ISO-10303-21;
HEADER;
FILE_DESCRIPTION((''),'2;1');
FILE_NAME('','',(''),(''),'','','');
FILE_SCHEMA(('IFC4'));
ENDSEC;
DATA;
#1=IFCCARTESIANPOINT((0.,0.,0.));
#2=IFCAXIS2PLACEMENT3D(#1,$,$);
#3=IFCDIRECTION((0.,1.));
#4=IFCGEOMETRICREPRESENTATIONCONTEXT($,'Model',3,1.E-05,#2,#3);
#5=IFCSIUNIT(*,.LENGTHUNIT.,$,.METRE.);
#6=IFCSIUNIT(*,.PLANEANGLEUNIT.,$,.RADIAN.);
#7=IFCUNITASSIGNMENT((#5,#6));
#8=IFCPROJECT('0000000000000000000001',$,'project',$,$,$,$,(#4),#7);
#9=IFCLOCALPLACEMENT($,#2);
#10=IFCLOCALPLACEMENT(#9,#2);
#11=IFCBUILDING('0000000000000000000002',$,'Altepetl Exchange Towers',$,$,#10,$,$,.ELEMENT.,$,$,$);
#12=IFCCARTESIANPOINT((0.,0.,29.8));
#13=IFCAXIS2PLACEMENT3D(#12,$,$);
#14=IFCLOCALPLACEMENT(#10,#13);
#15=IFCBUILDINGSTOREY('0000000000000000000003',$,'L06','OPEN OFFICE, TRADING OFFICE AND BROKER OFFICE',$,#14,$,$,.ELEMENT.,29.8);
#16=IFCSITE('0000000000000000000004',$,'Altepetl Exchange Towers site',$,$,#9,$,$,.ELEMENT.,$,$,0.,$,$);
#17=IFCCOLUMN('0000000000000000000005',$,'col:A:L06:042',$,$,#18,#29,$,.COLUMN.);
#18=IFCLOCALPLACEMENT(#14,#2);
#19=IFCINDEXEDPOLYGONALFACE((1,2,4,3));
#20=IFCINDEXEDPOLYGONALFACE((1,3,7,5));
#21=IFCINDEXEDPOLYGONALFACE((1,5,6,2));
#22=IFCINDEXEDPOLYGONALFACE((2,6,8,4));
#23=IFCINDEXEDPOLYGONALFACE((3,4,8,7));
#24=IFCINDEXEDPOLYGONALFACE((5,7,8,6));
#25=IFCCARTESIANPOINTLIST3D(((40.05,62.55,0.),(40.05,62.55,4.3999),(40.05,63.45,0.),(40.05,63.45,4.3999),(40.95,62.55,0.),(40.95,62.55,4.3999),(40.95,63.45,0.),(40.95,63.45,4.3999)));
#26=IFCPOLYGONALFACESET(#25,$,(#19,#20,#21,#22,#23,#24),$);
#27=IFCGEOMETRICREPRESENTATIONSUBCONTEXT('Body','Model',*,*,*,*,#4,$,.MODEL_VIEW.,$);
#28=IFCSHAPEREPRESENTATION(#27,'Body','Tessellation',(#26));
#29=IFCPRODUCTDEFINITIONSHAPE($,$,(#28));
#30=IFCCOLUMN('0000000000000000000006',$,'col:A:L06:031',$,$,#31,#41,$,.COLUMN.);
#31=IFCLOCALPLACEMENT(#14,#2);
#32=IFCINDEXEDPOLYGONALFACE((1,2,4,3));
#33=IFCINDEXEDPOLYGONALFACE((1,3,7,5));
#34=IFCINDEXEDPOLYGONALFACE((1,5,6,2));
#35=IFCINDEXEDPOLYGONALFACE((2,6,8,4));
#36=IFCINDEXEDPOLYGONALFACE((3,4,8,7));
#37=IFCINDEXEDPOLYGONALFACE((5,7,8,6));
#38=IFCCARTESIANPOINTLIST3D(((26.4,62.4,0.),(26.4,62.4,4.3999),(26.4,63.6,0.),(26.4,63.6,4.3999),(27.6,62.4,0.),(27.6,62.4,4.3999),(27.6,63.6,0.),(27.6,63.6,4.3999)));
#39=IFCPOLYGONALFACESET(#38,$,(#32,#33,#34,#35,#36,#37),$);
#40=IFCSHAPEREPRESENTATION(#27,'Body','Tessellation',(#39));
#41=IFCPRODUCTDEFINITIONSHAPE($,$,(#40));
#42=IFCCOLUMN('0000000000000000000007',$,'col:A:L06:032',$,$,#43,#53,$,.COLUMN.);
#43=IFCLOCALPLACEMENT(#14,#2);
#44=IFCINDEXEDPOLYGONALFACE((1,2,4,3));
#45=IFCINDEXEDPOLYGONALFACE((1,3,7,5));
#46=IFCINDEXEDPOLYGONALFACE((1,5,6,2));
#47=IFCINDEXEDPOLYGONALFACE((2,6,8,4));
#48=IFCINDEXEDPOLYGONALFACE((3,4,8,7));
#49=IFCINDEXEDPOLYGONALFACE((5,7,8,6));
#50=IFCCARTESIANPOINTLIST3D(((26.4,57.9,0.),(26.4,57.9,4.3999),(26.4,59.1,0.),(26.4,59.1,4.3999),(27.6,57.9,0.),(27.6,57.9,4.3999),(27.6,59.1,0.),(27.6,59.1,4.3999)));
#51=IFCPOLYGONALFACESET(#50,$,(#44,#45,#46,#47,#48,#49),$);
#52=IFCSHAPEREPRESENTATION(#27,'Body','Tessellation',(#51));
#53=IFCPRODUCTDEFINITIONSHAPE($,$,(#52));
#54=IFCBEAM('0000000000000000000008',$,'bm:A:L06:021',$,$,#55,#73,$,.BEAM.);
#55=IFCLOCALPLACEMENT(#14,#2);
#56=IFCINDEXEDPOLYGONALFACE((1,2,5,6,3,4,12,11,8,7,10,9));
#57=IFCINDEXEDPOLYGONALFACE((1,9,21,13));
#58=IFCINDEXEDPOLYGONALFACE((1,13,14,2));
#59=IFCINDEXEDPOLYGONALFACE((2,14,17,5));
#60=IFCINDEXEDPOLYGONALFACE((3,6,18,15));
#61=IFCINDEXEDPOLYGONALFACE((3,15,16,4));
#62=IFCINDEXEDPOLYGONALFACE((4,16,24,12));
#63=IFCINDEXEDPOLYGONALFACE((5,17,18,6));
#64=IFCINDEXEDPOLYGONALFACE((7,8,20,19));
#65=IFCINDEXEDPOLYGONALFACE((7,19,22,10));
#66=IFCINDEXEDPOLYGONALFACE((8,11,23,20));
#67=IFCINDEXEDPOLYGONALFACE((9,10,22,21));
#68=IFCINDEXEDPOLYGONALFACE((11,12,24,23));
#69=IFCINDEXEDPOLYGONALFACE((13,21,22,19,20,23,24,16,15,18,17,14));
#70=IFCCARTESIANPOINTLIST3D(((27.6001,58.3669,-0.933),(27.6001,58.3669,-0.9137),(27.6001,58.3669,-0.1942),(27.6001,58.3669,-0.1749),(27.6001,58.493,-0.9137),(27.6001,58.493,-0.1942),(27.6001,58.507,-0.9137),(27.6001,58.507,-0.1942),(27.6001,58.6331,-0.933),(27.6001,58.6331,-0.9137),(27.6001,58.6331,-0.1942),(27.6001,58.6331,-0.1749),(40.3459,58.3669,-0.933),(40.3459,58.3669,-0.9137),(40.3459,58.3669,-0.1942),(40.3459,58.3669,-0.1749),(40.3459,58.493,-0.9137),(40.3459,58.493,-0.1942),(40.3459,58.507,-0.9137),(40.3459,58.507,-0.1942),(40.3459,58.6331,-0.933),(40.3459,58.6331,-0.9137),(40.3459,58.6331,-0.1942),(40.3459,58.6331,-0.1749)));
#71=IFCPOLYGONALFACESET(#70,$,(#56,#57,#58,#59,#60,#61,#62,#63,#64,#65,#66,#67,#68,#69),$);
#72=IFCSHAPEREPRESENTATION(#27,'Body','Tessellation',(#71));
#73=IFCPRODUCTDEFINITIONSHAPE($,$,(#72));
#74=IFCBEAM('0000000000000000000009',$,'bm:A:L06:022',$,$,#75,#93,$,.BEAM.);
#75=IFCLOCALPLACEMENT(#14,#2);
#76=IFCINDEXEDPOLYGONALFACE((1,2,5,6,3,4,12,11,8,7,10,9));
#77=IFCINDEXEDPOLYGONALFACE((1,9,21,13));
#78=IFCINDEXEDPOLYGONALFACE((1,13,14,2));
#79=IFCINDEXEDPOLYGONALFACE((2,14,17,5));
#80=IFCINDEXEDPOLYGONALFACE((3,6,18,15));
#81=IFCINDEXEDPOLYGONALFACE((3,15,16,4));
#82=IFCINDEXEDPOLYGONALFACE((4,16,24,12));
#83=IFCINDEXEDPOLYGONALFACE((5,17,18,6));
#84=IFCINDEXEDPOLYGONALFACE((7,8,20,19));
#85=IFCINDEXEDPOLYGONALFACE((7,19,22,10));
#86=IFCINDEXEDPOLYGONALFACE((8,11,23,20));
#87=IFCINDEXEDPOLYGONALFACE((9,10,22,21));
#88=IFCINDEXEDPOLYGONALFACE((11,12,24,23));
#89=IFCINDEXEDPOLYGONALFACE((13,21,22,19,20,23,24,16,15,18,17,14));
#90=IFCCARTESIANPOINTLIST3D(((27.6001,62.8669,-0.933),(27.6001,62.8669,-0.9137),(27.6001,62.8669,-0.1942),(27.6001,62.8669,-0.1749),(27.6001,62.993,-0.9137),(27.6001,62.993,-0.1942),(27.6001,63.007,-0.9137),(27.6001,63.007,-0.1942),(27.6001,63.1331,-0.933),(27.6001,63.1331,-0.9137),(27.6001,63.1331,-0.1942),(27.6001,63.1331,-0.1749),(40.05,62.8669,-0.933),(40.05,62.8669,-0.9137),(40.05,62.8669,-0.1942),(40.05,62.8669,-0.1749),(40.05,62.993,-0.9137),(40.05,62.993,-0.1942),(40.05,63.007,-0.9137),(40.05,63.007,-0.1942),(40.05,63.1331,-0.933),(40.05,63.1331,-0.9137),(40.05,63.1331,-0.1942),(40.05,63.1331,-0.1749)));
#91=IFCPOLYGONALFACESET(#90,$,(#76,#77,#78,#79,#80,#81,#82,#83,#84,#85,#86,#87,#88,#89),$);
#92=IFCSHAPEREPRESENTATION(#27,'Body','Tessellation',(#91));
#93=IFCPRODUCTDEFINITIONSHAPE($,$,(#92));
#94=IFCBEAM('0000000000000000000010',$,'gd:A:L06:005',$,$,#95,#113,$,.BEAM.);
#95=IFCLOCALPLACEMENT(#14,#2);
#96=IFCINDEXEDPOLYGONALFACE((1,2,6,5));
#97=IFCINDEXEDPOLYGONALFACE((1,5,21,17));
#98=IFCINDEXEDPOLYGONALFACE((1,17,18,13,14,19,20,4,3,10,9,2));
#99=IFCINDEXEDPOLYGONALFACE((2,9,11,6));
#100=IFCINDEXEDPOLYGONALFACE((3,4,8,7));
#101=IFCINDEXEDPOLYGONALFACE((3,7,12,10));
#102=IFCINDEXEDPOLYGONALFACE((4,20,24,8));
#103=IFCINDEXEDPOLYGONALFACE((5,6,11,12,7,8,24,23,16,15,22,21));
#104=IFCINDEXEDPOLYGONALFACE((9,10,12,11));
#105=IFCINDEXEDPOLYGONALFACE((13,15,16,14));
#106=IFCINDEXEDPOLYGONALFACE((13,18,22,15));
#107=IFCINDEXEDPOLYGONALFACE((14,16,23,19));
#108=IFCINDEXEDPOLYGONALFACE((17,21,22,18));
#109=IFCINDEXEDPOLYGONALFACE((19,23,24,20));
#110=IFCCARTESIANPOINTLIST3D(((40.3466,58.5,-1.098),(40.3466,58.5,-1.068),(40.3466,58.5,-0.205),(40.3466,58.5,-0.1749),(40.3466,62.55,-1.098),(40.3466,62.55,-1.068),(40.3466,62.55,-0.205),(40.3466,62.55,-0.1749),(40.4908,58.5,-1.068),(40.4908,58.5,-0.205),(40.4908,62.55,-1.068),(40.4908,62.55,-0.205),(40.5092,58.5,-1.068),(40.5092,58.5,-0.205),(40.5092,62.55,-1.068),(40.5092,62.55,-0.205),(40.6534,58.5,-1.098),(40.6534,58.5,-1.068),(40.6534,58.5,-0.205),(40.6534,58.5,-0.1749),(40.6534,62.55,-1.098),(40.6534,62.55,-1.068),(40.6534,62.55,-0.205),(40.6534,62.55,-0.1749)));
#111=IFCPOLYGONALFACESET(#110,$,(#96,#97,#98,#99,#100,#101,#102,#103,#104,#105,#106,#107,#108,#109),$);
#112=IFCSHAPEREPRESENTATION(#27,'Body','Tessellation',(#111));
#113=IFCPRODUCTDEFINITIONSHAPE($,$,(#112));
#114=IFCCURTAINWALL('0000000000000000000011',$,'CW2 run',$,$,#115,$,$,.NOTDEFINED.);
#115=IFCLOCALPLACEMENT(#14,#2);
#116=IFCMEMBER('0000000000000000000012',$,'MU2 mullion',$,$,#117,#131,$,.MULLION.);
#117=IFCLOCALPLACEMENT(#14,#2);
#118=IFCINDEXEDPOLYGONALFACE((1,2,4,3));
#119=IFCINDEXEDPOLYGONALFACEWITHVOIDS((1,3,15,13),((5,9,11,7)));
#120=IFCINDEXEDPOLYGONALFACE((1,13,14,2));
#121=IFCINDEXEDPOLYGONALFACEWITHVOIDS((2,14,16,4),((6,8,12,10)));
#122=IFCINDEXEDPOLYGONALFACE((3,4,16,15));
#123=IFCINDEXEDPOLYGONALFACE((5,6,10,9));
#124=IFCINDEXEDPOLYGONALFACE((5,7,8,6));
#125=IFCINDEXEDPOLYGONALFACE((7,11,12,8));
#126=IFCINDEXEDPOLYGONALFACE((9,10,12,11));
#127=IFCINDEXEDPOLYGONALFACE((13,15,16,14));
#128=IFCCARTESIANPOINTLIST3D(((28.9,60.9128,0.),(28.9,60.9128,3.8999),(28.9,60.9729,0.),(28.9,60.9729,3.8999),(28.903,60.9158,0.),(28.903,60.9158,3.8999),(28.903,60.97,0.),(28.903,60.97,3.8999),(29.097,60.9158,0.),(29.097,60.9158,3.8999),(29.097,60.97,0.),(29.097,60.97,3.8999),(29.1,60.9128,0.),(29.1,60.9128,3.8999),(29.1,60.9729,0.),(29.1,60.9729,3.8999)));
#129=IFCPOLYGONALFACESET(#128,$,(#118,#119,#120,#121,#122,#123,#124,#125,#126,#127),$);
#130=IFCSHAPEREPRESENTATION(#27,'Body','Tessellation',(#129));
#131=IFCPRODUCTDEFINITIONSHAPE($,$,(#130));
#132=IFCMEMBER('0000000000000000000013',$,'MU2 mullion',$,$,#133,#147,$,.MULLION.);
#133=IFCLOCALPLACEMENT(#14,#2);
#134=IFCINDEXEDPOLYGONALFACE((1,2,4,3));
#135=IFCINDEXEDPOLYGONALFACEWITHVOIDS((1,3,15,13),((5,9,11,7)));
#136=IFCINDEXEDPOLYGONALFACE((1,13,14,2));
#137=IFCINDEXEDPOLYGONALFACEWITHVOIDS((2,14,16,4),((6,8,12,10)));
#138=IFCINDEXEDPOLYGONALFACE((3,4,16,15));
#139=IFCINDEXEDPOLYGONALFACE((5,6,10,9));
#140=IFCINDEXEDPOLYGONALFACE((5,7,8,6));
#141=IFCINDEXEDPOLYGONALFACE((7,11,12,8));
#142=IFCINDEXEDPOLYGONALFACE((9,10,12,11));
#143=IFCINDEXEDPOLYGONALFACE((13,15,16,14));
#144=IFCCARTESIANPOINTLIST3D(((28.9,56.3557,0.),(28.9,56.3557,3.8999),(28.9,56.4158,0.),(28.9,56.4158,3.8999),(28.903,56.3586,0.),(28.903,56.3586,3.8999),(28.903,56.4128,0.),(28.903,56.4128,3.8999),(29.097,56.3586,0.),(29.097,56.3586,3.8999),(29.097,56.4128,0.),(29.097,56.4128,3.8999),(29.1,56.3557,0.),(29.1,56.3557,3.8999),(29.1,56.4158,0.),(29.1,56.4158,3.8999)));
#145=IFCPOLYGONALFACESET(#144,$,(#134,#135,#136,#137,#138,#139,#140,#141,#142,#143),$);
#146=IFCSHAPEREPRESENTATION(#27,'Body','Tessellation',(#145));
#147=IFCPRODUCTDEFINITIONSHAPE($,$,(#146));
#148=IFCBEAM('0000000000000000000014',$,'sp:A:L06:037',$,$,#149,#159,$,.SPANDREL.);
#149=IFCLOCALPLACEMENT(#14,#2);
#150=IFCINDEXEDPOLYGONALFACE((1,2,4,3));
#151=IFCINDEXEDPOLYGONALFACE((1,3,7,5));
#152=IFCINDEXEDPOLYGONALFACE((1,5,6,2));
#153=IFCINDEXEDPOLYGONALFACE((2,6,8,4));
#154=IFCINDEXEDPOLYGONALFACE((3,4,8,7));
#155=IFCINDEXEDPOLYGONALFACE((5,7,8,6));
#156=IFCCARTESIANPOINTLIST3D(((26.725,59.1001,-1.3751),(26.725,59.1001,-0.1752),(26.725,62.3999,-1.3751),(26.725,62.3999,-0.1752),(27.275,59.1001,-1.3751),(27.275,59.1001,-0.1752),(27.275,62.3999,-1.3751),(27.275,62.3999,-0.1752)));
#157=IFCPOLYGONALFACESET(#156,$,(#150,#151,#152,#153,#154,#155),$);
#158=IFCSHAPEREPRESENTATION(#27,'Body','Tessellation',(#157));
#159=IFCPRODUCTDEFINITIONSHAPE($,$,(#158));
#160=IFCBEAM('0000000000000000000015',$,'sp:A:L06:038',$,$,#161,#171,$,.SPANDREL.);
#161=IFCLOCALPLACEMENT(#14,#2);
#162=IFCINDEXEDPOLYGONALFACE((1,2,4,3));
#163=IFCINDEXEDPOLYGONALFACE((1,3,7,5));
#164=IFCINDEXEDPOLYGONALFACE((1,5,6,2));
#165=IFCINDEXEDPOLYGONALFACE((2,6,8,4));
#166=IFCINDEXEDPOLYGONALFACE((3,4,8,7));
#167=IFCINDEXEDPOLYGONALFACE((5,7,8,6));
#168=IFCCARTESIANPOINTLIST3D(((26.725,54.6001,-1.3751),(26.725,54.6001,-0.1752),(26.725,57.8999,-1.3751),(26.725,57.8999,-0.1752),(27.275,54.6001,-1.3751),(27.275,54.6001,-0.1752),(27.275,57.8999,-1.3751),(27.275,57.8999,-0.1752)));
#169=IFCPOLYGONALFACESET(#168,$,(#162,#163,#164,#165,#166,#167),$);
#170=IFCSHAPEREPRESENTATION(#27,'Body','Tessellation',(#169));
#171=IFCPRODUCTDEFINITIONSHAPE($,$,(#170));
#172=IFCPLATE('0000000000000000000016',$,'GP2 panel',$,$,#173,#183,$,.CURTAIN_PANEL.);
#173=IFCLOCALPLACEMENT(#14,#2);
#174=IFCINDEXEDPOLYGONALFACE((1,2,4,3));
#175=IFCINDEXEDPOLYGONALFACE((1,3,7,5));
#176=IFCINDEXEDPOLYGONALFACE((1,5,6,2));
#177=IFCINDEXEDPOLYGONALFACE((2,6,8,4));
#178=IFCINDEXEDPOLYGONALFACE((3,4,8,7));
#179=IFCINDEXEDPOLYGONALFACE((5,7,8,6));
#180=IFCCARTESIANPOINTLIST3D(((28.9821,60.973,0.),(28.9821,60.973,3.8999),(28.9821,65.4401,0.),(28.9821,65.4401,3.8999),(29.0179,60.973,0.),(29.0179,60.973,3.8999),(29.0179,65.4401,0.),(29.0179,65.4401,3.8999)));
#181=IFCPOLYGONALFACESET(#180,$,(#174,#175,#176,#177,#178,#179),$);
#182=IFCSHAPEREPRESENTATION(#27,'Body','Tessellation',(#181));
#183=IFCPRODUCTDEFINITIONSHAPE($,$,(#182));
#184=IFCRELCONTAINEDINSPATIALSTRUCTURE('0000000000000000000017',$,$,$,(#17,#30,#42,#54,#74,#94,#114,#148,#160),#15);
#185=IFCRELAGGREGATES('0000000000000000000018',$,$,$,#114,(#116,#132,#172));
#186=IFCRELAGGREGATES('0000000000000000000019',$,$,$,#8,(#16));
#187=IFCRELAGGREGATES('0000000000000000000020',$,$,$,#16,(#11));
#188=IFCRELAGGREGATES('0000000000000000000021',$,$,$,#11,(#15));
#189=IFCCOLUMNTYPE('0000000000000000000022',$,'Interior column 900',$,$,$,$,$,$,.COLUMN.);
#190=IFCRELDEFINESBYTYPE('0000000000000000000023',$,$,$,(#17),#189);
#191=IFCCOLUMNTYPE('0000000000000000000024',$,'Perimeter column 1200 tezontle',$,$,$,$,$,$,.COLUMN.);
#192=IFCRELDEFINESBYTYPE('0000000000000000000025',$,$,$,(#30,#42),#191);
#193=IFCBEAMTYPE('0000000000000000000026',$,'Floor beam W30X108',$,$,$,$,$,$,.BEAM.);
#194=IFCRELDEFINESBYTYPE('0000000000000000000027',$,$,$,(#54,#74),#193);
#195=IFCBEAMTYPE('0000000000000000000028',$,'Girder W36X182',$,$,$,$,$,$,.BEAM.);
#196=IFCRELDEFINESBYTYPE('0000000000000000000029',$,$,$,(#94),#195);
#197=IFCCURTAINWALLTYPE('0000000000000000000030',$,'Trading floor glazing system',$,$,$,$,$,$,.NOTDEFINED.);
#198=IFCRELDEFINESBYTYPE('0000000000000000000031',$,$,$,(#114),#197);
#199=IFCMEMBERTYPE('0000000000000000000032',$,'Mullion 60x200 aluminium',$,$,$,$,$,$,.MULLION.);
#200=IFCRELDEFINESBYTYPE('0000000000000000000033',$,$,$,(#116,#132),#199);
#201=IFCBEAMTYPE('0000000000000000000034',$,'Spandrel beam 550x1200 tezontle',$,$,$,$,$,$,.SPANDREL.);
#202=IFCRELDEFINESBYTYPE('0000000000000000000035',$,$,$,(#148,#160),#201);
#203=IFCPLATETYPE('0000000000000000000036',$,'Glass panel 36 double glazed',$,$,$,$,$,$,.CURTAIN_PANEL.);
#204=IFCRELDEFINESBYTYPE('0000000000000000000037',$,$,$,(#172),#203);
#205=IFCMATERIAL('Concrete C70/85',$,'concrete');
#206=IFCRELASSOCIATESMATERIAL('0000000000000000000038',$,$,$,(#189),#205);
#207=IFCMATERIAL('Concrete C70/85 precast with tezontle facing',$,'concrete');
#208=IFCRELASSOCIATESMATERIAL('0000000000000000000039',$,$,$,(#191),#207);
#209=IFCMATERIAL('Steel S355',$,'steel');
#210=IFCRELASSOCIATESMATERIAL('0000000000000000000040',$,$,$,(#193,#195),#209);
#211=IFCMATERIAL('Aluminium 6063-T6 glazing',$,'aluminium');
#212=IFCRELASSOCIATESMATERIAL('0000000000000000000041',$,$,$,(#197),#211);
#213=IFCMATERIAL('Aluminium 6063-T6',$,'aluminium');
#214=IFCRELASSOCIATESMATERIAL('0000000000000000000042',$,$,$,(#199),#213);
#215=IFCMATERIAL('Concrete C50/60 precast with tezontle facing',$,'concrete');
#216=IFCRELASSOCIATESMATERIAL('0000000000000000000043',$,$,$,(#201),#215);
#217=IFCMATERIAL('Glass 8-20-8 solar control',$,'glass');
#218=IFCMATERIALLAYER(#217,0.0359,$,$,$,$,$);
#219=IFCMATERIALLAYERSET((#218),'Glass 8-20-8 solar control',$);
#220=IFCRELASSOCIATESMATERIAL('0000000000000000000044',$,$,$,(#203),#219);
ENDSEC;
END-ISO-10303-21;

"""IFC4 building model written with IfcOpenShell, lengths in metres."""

from ifc_helpers import new_model, si_unit, direction, frame, origin, origin_2d, place, context, subcontext, project, spatial, rectangle, hollow_rectangle, i_section, extrude, material, layer, layer_set, material_profile, profile_set, type_object, element, aggregate, save


model = new_model("IFC4")

# Units and contexts
model_context = context("Model", 3, precision=1e-05, world=origin(), true_north=direction((0.0, 1.0)))
body_context = subcontext(model_context, "Body", "Model", "MODEL_VIEW")
ifc_project = project(units=[si_unit("LENGTHUNIT", "METRE"), si_unit("PLANEANGLEUNIT", "RADIAN")], contexts=[model_context])

# Site, building, storey
site_placement = place(None, origin())
site = spatial("IfcSite", under=ifc_project, at=site_placement, Name="Altepetl Exchange Towers site", CompositionType="ELEMENT", RefElevation=0.0)
building_placement = place(site_placement, origin())
building = spatial("IfcBuilding", under=site, at=building_placement, Name="Altepetl Exchange Towers", CompositionType="ELEMENT")
storey_placement = place(building_placement, frame((0.0, 0.0, 29.8)))
storey = spatial("IfcBuildingStorey", under=building, at=storey_placement, Name="L06", Description="OPEN OFFICE, TRADING OFFICE AND BROKER OFFICE", CompositionType="ELEMENT", Elevation=29.8)

# Columns
ifc_material_1 = material(Name="Concrete C70/85", Category="concrete")
ifc_material_profile_1 = material_profile(ifc_material_1, rectangle(XDim=0.8999, YDim=0.8999, at=origin_2d()), Name="900 x 900")
ifc_profile_set_1 = profile_set([ifc_material_profile_1], Name="Concrete C70/85")
column_type_1 = type_object("IfcColumnType", Name="Interior column 900", PredefinedType="COLUMN", material=ifc_profile_set_1)
column_placement = place(storey_placement, frame((40.5, 63.0, 0.0)))
element("IfcColumn", 1, at=column_placement, inside=storey, type_object=column_type_1, Name="col:A:L06:042", PredefinedType="COLUMN", context=body_context, shape_type="SweptSolid", body=[
    extrude(rectangle(XDim=0.8999, YDim=0.8999, at=origin_2d()), origin(), (0.0, 0.0, 1.0), 4.3999),
])
ifc_material_2 = material(Name="Concrete C70/85 precast with tezontle facing", Category="concrete")
ifc_material_profile_2 = material_profile(ifc_material_2, rectangle(XDim=1.2, YDim=1.2, at=origin_2d()), Name="1200 x 1200")
ifc_profile_set_2 = profile_set([ifc_material_profile_2], Name="Concrete C70/85 precast with tezontle facing")
column_type_2 = type_object("IfcColumnType", Name="Perimeter column 1200 tezontle", PredefinedType="COLUMN", material=ifc_profile_set_2)
for number, where, name in (
    (2, (27.0, 63.0, 0.0), "col:A:L06:031"),
    (3, (27.0, 58.5, 0.0), "col:A:L06:032"),
):
    element("IfcColumn", number, at=place(storey_placement, frame(where)), inside=storey, type_object=column_type_2, Name=name, PredefinedType="COLUMN", context=body_context, shape_type="SweptSolid", body=[
        extrude(rectangle(XDim=1.2, YDim=1.2, at=origin_2d()), origin(), (0.0, 0.0, 1.0), 4.3999),
    ])

# Beams
ifc_material_3 = material(Name="Steel S355", Category="steel")
ifc_material_profile_3 = material_profile(ifc_material_3, i_section(OverallWidth=0.2661, OverallDepth=0.7581, WebThickness=0.0139, FlangeThickness=0.0193, at=origin_2d()), Name="W30X108")
ifc_profile_set_3 = profile_set([ifc_material_profile_3], Name="Steel S355")
beam_type_1 = type_object("IfcBeamType", Name="Floor beam W30X108", PredefinedType="BEAM", material=ifc_profile_set_3)
beam_1_placement = place(storey_placement, frame((27.6001, 58.5, -0.554), z_axis=(1.0, 0.0, 0.0), x_axis=(0.0, 1.0, 0.0)))
element("IfcBeam", 4, at=beam_1_placement, inside=storey, type_object=beam_type_1, Name="bm:A:L06:021", PredefinedType="BEAM", context=body_context, shape_type="SweptSolid", body=[
    extrude(i_section(OverallWidth=0.2661, OverallDepth=0.7581, WebThickness=0.0139, FlangeThickness=0.0193, at=origin_2d()), origin(), (0.0, 0.0, 1.0), 12.7458),
])
beam_2_placement = place(storey_placement, frame((27.6001, 63.0, -0.554), z_axis=(1.0, 0.0, 0.0), x_axis=(0.0, 1.0, 0.0)))
element("IfcBeam", 5, at=beam_2_placement, inside=storey, type_object=beam_type_1, Name="bm:A:L06:022", PredefinedType="BEAM", context=body_context, shape_type="SweptSolid", body=[
    extrude(i_section(OverallWidth=0.2661, OverallDepth=0.7581, WebThickness=0.0139, FlangeThickness=0.0193, at=origin_2d()), origin(), (0.0, 0.0, 1.0), 12.45),
])
ifc_material_profile_4 = material_profile(ifc_material_3, i_section(OverallWidth=0.3069, OverallDepth=0.9231, WebThickness=0.0183, FlangeThickness=0.03, at=origin_2d()), Name="W36X182")
ifc_profile_set_4 = profile_set([ifc_material_profile_4], Name="Steel S355")
beam_type_2 = type_object("IfcBeamType", Name="Girder W36X182", PredefinedType="BEAM", material=ifc_profile_set_4)
beam_3_placement = place(storey_placement, frame((40.5, 62.55, -0.6365), z_axis=(0.0, -1.0, 0.0), x_axis=(1.0, 0.0, 0.0)))
element("IfcBeam", 6, at=beam_3_placement, inside=storey, type_object=beam_type_2, Name="gd:A:L06:005", PredefinedType="BEAM", context=body_context, shape_type="SweptSolid", body=[
    extrude(i_section(OverallWidth=0.3069, OverallDepth=0.9231, WebThickness=0.0183, FlangeThickness=0.03, at=origin_2d()), origin(), (0.0, 0.0, 1.0), 4.05),
])

# Curtain wall, members
ifc_material_4 = material(Name="Aluminium 6063-T6 glazing", Category="aluminium")
curtain_wall_type = type_object("IfcCurtainWallType", Name="Trading floor glazing system", PredefinedType="NOTDEFINED", material=ifc_material_4)
curtain_wall_placement = place(storey_placement, origin())
curtain_wall = element("IfcCurtainWall", 7, at=curtain_wall_placement, inside=storey, type_object=curtain_wall_type, Name="CW2 run", PredefinedType="NOTDEFINED")
ifc_material_5 = material(Name="Aluminium 6063-T6", Category="aluminium")
ifc_material_profile_5 = material_profile(ifc_material_5, hollow_rectangle(XDim=0.0601, YDim=0.2, WallThickness=0.0029, at=origin_2d()), Name="Mullion 60x200 aluminium")
ifc_profile_set_5 = profile_set([ifc_material_profile_5], Name="Aluminium 6063-T6")
member_type = type_object("IfcMemberType", Name="Mullion 60x200 aluminium", PredefinedType="MULLION", material=ifc_profile_set_5)
member_1_placement = place(storey_placement, frame((29.0, 60.9429, 0.0), z_axis=(0.0, 0.0, 1.0), x_axis=(0.0, -1.0, 0.0)))
member_1 = element("IfcMember", 8, at=member_1_placement, type_object=member_type, Name="MU2 mullion", PredefinedType="MULLION", context=body_context, shape_type="SweptSolid", body=[
    extrude(hollow_rectangle(XDim=0.0601, YDim=0.2, WallThickness=0.0029, at=origin_2d()), origin(), (0.0, 0.0, 1.0), 3.8999),
])
member_2_placement = place(storey_placement, frame((29.0, 56.3857, 0.0), z_axis=(0.0, 0.0, 1.0), x_axis=(0.0, -1.0, 0.0)))
member_2 = element("IfcMember", 9, at=member_2_placement, type_object=member_type, Name="MU2 mullion", PredefinedType="MULLION", context=body_context, shape_type="SweptSolid", body=[
    extrude(hollow_rectangle(XDim=0.0601, YDim=0.2, WallThickness=0.0029, at=origin_2d()), origin(), (0.0, 0.0, 1.0), 3.8999),
])

# Beams
ifc_material_6 = material(Name="Concrete C50/60 precast with tezontle facing", Category="concrete")
ifc_material_profile_6 = material_profile(ifc_material_6, rectangle(XDim=0.55, YDim=1.2, at=origin_2d()), Name="550 x 1200")
ifc_profile_set_6 = profile_set([ifc_material_profile_6], Name="Concrete C50/60 precast with tezontle facing")
beam_type_3 = type_object("IfcBeamType", Name="Spandrel beam 550x1200 tezontle", PredefinedType="SPANDREL", material=ifc_profile_set_6)
for number, where, z_axis, x_axis, name in (
    (10, (27.0, 62.3999, -0.7751), (0.0, -1.0, 0.0), (1.0, 0.0, 0.0), "sp:A:L06:037"),
    (11, (27.0, 57.8999, -0.7751), (0.0, -1.0, 0.0), (1.0, 0.0, 0.0), "sp:A:L06:038"),
):
    element("IfcBeam", number, at=place(storey_placement, frame(where, z_axis=z_axis, x_axis=x_axis)), inside=storey, type_object=beam_type_3, Name=name, PredefinedType="SPANDREL", context=body_context, shape_type="SweptSolid", body=[
        extrude(rectangle(XDim=0.55, YDim=1.2, at=origin_2d()), origin(), (0.0, 0.0, 1.0), 3.2998),
    ])

# Plate
ifc_material_7 = material(Name="Glass 8-20-8 solar control", Category="glass")
ifc_layer_1 = layer(ifc_material_7, 0.0359)
ifc_layer_set_1 = layer_set([ifc_layer_1], Name="Glass 8-20-8 solar control")
plate_type = type_object("IfcPlateType", Name="Glass panel 36 double glazed", PredefinedType="CURTAIN_PANEL", material=ifc_layer_set_1)
plate_1_placement = place(storey_placement, frame((29.0, 63.2065, 0.0), z_axis=(0.0, 0.0, 1.0), x_axis=(0.0, -1.0, 0.0)))
plate_1 = element("IfcPlate", 12, at=plate_1_placement, type_object=plate_type, Name="GP2 panel", PredefinedType="CURTAIN_PANEL", context=body_context, shape_type="SweptSolid", body=[
    extrude(rectangle(XDim=4.467, YDim=0.0359, at=origin_2d()), origin(), (0.0, 0.0, 1.0), 3.8999),
])
aggregate(curtain_wall, [member_1, member_2, plate_1])

save(model, "model.ifc")
